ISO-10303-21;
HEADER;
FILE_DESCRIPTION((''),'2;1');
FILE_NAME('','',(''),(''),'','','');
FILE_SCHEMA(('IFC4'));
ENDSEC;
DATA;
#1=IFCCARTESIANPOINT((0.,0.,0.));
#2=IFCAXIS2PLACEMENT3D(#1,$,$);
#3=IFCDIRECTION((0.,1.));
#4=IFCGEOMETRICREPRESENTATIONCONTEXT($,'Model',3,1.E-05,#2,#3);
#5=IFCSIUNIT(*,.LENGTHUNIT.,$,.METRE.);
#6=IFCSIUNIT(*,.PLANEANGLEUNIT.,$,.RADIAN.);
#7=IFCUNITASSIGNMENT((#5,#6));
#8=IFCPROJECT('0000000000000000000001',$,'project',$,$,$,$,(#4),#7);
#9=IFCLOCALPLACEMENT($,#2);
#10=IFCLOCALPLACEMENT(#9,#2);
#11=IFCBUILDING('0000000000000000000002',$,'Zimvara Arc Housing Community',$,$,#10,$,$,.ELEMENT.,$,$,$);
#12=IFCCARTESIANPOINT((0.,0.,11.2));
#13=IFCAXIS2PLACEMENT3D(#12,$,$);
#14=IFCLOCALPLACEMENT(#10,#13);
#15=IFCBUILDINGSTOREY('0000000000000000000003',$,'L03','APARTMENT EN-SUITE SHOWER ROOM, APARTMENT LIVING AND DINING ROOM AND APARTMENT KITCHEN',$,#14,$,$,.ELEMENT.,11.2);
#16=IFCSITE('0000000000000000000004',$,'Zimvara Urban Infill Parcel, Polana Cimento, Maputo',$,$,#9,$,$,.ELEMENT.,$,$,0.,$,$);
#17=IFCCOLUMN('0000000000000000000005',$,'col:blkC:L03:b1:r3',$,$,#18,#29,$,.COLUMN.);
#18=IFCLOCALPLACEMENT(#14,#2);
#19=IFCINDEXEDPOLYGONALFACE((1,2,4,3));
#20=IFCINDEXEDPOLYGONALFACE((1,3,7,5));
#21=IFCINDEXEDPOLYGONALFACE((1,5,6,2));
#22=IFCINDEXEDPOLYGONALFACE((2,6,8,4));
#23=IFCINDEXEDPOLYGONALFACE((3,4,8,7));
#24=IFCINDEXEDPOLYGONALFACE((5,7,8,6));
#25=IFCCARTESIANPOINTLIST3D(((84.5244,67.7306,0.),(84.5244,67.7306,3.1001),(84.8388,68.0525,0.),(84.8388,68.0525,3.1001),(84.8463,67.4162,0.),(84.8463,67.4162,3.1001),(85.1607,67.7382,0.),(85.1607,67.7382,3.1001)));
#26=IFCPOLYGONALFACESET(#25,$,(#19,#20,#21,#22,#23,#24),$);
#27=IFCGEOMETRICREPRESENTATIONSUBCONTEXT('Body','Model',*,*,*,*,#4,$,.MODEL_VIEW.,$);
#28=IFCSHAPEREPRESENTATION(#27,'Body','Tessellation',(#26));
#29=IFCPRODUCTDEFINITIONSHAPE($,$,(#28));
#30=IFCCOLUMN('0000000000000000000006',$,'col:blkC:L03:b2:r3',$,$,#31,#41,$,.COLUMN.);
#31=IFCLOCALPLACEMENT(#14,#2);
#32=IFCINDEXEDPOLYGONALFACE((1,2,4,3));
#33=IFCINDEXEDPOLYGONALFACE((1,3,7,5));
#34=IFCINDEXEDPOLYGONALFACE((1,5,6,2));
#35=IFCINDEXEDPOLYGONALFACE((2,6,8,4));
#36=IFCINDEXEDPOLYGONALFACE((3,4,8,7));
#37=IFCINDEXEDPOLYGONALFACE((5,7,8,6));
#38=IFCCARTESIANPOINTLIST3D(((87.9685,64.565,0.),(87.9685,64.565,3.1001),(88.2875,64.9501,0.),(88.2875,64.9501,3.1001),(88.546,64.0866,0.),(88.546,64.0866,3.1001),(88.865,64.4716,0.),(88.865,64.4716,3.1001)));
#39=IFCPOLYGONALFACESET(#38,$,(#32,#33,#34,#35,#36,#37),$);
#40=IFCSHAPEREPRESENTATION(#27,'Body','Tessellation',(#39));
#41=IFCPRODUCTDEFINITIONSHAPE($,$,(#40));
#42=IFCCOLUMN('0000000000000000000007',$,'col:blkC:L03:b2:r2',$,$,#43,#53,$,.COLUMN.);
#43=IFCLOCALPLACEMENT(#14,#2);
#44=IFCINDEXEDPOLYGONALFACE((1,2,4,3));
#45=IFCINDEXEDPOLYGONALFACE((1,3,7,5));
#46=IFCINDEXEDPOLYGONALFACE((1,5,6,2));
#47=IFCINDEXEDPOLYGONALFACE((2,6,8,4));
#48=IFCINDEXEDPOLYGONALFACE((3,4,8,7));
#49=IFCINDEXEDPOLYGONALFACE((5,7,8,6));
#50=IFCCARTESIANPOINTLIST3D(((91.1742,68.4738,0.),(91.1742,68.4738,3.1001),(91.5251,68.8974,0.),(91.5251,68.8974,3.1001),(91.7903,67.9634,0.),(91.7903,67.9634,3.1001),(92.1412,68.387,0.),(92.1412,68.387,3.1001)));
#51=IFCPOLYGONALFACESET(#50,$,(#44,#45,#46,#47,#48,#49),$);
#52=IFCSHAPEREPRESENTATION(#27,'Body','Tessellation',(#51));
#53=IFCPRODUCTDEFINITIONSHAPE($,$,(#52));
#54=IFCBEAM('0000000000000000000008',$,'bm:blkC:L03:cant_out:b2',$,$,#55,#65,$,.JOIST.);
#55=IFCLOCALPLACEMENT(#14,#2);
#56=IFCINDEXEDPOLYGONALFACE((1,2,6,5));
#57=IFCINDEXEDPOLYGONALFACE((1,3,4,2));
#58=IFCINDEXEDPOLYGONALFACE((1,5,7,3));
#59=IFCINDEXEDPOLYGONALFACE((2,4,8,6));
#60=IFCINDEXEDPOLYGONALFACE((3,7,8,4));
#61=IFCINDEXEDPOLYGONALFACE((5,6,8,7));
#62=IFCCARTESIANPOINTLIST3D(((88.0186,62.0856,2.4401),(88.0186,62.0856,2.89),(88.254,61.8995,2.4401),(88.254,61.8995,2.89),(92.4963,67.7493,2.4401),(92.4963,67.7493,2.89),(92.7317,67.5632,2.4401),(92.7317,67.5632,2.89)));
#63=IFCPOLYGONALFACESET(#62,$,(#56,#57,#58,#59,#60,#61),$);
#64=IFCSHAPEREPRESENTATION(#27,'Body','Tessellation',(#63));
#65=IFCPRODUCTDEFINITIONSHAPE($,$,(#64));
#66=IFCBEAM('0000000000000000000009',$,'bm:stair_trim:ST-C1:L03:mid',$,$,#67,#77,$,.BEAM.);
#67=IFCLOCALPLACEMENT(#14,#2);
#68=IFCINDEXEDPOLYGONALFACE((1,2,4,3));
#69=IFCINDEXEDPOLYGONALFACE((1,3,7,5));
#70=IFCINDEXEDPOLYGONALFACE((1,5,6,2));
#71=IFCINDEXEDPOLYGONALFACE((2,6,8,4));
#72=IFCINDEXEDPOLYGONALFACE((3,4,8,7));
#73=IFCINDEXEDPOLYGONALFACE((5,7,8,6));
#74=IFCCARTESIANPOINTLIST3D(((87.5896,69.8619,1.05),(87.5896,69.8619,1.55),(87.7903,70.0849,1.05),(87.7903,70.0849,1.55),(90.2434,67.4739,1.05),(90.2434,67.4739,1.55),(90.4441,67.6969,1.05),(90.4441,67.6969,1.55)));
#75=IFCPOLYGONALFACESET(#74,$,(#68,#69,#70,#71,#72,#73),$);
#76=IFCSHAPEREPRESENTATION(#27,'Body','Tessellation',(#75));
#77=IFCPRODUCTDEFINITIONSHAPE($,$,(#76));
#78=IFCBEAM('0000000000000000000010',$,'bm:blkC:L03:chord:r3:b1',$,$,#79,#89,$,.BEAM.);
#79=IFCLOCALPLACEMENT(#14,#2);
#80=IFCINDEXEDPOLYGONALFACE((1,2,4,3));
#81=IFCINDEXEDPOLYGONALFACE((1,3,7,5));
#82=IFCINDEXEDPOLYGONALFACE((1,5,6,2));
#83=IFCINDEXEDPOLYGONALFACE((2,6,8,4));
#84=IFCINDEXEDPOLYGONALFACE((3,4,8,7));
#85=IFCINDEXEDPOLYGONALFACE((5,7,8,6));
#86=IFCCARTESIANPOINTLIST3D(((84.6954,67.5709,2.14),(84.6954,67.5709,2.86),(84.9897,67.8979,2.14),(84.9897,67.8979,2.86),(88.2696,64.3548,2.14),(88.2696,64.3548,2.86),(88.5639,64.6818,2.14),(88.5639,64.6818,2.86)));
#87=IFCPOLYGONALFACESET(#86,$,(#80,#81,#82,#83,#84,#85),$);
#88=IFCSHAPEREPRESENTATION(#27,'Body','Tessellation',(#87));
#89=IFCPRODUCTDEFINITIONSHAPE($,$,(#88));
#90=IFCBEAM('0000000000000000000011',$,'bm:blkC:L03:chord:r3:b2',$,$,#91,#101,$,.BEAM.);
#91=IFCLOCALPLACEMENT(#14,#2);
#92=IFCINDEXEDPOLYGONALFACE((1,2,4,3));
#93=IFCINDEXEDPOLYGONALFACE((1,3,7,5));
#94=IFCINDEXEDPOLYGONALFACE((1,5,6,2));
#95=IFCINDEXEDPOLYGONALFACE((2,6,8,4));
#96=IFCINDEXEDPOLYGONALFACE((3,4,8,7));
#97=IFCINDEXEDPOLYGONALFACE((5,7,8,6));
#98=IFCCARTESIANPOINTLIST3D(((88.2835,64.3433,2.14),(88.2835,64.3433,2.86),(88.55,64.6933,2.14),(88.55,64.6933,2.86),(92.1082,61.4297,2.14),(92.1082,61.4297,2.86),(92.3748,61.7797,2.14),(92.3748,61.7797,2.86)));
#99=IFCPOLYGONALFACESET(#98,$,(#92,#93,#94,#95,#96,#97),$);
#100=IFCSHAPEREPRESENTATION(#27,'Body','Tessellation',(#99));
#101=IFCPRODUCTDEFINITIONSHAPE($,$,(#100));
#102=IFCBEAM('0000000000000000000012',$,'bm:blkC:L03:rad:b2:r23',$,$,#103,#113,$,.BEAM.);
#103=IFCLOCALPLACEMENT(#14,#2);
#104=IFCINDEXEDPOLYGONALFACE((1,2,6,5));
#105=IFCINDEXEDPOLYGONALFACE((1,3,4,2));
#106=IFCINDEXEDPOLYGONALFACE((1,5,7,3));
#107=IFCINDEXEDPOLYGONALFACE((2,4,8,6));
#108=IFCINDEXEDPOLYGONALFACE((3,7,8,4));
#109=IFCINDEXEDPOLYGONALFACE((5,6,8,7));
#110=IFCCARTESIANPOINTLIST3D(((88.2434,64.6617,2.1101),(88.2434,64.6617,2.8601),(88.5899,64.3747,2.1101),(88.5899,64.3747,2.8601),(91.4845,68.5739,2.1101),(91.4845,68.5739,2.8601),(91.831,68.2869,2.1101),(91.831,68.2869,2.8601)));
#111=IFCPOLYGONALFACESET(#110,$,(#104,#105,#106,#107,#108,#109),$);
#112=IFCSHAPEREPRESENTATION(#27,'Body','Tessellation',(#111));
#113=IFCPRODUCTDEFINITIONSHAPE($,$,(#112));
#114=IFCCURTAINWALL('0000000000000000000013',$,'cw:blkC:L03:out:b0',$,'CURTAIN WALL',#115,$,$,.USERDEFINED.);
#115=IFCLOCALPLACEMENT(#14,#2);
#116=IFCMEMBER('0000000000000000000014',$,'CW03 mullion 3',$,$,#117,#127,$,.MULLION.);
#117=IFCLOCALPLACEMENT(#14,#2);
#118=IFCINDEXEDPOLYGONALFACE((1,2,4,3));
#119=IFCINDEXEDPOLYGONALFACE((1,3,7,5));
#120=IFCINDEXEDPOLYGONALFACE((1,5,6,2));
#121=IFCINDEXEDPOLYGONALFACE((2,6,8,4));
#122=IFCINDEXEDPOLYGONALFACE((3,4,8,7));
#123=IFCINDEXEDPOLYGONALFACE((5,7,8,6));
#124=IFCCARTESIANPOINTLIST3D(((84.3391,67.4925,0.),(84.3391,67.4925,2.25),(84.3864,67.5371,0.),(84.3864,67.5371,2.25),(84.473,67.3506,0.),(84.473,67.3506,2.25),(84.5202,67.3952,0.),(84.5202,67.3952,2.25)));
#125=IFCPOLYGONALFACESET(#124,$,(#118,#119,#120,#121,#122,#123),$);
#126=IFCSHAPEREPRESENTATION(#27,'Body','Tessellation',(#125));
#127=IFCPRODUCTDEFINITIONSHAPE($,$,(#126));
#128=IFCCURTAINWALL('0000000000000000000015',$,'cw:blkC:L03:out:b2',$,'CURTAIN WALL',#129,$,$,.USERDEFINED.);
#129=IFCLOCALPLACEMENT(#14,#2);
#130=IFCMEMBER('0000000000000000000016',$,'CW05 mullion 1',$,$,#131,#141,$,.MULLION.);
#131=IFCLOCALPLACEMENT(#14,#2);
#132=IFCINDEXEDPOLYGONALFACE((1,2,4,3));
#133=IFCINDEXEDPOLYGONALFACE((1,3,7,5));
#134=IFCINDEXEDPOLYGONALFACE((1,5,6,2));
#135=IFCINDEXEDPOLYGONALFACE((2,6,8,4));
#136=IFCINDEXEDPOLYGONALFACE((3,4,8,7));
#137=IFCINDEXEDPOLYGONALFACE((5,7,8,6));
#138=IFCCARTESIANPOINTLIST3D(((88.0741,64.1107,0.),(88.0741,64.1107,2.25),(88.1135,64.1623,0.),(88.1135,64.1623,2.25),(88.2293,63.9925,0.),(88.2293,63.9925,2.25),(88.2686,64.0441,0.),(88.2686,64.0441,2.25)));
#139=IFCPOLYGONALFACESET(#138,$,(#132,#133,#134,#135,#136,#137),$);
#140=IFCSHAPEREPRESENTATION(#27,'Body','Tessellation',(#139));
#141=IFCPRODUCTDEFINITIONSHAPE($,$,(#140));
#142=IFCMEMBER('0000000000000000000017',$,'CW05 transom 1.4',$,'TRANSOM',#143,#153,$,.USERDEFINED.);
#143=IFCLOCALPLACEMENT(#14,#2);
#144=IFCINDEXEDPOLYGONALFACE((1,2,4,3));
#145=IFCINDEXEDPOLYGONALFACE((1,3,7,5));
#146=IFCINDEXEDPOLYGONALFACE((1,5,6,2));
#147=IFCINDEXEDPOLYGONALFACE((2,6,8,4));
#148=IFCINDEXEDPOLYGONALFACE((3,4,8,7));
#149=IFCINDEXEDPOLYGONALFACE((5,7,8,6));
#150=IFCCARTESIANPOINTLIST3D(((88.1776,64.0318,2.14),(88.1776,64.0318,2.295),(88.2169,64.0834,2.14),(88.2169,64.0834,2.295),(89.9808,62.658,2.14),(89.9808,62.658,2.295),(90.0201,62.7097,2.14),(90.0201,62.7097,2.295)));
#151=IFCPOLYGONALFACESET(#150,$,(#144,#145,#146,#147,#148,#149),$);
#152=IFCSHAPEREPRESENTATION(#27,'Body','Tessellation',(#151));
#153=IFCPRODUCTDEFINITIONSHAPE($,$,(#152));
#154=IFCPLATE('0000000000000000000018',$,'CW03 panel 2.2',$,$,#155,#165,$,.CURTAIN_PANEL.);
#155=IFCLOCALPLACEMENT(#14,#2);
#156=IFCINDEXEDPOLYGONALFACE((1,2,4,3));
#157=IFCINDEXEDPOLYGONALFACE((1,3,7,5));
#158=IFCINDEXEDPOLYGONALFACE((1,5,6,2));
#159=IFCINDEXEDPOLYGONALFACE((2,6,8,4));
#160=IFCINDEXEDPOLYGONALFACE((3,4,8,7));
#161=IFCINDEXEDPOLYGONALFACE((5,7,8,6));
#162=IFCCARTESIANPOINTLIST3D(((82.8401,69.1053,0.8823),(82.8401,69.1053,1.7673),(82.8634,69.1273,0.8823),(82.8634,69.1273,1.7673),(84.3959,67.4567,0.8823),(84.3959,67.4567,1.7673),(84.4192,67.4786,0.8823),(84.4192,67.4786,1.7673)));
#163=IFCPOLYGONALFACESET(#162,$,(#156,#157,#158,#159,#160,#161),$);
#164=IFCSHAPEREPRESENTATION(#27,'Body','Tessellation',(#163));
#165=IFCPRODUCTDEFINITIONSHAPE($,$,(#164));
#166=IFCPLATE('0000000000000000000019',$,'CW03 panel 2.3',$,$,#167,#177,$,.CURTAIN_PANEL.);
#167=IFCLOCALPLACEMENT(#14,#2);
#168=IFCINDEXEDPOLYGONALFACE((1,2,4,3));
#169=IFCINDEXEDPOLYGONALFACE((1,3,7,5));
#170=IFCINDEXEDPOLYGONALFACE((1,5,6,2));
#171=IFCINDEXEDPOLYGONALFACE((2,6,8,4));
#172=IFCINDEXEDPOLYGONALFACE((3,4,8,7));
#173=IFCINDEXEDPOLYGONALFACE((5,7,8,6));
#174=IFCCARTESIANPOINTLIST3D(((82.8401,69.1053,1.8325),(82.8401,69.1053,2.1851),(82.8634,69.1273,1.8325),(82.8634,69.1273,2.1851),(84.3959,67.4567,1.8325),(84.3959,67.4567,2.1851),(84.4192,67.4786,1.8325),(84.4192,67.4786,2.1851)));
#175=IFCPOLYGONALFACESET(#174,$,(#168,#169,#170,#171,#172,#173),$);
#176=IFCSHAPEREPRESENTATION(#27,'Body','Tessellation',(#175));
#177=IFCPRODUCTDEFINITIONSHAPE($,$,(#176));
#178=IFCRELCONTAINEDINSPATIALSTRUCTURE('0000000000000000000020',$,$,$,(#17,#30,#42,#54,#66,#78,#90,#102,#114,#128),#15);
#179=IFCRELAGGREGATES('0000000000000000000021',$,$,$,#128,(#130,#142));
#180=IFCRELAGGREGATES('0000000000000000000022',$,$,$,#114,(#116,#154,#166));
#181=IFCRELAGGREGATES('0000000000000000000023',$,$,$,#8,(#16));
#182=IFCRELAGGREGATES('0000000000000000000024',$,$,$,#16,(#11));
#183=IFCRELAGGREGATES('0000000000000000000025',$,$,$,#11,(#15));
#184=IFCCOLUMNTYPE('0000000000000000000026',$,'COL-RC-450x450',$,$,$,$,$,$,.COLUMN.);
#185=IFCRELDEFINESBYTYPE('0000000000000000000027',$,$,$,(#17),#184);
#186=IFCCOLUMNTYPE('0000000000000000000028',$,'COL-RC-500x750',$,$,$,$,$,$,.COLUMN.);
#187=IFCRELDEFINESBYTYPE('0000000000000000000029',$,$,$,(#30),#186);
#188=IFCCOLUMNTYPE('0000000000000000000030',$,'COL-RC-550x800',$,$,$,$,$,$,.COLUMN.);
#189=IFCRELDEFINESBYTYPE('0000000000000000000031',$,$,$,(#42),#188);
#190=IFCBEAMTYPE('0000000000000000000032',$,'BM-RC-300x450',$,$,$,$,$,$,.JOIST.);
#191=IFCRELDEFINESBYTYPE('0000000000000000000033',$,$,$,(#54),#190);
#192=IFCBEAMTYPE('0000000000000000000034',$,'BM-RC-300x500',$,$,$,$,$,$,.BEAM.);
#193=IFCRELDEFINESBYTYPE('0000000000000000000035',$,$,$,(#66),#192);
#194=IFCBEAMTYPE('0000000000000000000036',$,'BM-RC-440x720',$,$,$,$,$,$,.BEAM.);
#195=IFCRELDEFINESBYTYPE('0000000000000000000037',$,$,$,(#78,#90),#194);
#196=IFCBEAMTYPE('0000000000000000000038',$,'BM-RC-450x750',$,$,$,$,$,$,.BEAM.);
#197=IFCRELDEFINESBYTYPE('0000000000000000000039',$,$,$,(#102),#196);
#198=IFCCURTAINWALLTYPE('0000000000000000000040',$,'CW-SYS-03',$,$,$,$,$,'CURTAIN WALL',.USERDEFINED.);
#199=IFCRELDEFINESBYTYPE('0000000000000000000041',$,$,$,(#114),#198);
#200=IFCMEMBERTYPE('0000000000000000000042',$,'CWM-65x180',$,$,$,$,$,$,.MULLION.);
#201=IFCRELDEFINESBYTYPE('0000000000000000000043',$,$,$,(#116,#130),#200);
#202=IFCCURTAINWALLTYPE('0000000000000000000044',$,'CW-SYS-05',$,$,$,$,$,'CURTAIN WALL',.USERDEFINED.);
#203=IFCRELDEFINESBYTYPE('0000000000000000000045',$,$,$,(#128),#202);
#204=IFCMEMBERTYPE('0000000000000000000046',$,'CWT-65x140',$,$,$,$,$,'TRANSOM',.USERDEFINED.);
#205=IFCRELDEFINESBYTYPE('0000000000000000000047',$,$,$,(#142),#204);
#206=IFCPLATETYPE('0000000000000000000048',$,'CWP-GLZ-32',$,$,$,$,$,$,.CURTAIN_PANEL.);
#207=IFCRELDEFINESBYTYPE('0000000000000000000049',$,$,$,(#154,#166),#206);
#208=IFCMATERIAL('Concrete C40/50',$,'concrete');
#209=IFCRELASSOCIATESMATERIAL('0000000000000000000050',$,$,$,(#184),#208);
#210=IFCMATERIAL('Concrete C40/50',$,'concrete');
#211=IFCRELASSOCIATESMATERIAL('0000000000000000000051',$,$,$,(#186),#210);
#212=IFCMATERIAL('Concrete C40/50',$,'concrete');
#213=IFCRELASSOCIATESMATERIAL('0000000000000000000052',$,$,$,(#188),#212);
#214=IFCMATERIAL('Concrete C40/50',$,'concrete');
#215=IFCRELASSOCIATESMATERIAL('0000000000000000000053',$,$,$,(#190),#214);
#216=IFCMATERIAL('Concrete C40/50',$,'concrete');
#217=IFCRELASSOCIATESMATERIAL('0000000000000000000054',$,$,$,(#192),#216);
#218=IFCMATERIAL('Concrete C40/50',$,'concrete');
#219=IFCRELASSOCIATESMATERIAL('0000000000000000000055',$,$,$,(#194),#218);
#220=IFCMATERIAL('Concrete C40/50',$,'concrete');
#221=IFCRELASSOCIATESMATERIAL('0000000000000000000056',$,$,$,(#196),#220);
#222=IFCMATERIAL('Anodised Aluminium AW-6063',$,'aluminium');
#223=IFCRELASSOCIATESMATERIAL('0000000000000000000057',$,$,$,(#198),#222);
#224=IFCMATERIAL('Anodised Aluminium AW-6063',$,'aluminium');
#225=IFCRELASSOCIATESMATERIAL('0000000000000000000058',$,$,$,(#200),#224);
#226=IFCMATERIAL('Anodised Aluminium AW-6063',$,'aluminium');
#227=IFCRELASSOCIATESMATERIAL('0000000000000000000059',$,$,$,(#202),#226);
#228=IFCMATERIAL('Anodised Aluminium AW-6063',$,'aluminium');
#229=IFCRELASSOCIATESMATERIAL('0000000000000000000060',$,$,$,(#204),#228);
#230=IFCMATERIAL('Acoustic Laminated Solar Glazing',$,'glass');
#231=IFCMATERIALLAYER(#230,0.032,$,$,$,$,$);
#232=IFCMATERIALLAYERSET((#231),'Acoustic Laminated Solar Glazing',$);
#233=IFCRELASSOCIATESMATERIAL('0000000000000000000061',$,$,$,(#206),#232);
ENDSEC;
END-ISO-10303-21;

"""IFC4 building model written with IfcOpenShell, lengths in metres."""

from ifc_helpers import new_model, si_unit, direction, frame, origin, origin_2d, place, context, subcontext, project, spatial, rectangle, extrude, material, layer, layer_set, material_profile, profile_set, type_object, element, aggregate, save


model = new_model("IFC4")

# Units and contexts
model_context = context("Model", 3, precision=1e-05, world=origin(), true_north=direction((0.0, 1.0)))
body_context = subcontext(model_context, "Body", "Model", "MODEL_VIEW")
ifc_project = project(units=[si_unit("LENGTHUNIT", "METRE"), si_unit("PLANEANGLEUNIT", "RADIAN")], contexts=[model_context])

# Site, building, storey
site_placement = place(None, origin())
site = spatial("IfcSite", under=ifc_project, at=site_placement, Name="Zimvara Urban Infill Parcel, Polana Cimento, Maputo", CompositionType="ELEMENT", RefElevation=0.0)
building_placement = place(site_placement, origin())
building = spatial("IfcBuilding", under=site, at=building_placement, Name="Zimvara Arc Housing Community", CompositionType="ELEMENT")
storey_placement = place(building_placement, frame((0.0, 0.0, 11.2)))
storey = spatial("IfcBuildingStorey", under=building, at=storey_placement, Name="L03", Description="APARTMENT EN-SUITE SHOWER ROOM, APARTMENT LIVING AND DINING ROOM AND APARTMENT KITCHEN", CompositionType="ELEMENT", Elevation=11.2)

# Columns
ifc_material_1 = material(Name="Concrete C40/50", Category="concrete")
ifc_material_profile_1 = material_profile(ifc_material_1, rectangle(XDim=0.45, YDim=0.45, at=origin_2d()), Name="RC 450x450")
ifc_profile_set_1 = profile_set([ifc_material_profile_1], Name="Concrete C40/50")
column_type_1 = type_object("IfcColumnType", Name="COL-RC-450x450", PredefinedType="COLUMN", material=ifc_profile_set_1)
column_1_placement = place(storey_placement, frame((84.8425, 67.7344, 0.0), z_axis=(0.0, 0.0, 1.0), x_axis=(-0.698665, -0.715449, 0.0)))
element("IfcColumn", 1, at=column_1_placement, inside=storey, type_object=column_type_1, Name="col:blkC:L03:b1:r3", PredefinedType="COLUMN", context=body_context, shape_type="SweptSolid", body=[
    extrude(rectangle(XDim=0.45, YDim=0.45, at=origin_2d()), origin(), (0.0, 0.0, 1.0), 3.1001),
])
ifc_material_2 = material(Name="Concrete C40/50", Category="concrete")
ifc_material_profile_2 = material_profile(ifc_material_2, rectangle(XDim=0.5, YDim=0.75, at=origin_2d()), Name="RC 500x750")
ifc_profile_set_2 = profile_set([ifc_material_profile_2], Name="Concrete C40/50")
column_type_2 = type_object("IfcColumnType", Name="COL-RC-500x750", PredefinedType="COLUMN", material=ifc_profile_set_2)
column_2_placement = place(storey_placement, frame((88.4167, 64.5183, 0.0), z_axis=(0.0, 0.0, 1.0), x_axis=(-0.637962, -0.770068, 0.0)))
element("IfcColumn", 2, at=column_2_placement, inside=storey, type_object=column_type_2, Name="col:blkC:L03:b2:r3", PredefinedType="COLUMN", context=body_context, shape_type="SweptSolid", body=[
    extrude(rectangle(XDim=0.5, YDim=0.75, at=origin_2d()), origin(), (0.0, 0.0, 1.0), 3.1001),
])
ifc_material_3 = material(Name="Concrete C40/50", Category="concrete")
ifc_material_profile_3 = material_profile(ifc_material_3, rectangle(XDim=0.55, YDim=0.8, at=origin_2d()), Name="RC 550x800")
ifc_profile_set_3 = profile_set([ifc_material_profile_3], Name="Concrete C40/50")
column_type_3 = type_object("IfcColumnType", Name="COL-RC-550x800", PredefinedType="COLUMN", material=ifc_profile_set_3)
column_3_placement = place(storey_placement, frame((91.6577, 68.4304, 0.0), z_axis=(0.0, 0.0, 1.0), x_axis=(-0.637962, -0.770068, 0.0)))
element("IfcColumn", 3, at=column_3_placement, inside=storey, type_object=column_type_3, Name="col:blkC:L03:b2:r2", PredefinedType="COLUMN", context=body_context, shape_type="SweptSolid", body=[
    extrude(rectangle(XDim=0.55, YDim=0.8, at=origin_2d()), origin(), (0.0, 0.0, 1.0), 3.1001),
])

# Beams
ifc_material_4 = material(Name="Concrete C40/50", Category="concrete")
ifc_material_profile_4 = material_profile(ifc_material_4, rectangle(XDim=0.3, YDim=0.45, at=origin_2d()), Name="RC 300x450")
ifc_profile_set_4 = profile_set([ifc_material_profile_4], Name="Concrete C40/50")
beam_type_1 = type_object("IfcBeamType", Name="BM-RC-300x450", PredefinedType="JOIST", material=ifc_profile_set_4)
beam_1_placement = place(storey_placement, frame((92.614, 67.6562, 2.665), z_axis=(-0.620186, -0.784455, 0.0), x_axis=(0.784455, -0.620186, 0.0)))
element("IfcBeam", 4, at=beam_1_placement, inside=storey, type_object=beam_type_1, Name="bm:blkC:L03:cant_out:b2", PredefinedType="JOIST", context=body_context, shape_type="SweptSolid", body=[
    extrude(rectangle(XDim=0.3, YDim=0.45, at=origin_2d()), origin(), (0.0, 0.0, 1.0), 7.22),
])
ifc_material_5 = material(Name="Concrete C40/50", Category="concrete")
ifc_material_profile_5 = material_profile(ifc_material_5, rectangle(XDim=0.3, YDim=0.5, at=origin_2d()), Name="RC 300x500")
ifc_profile_set_5 = profile_set([ifc_material_profile_5], Name="Concrete C40/50")
beam_type_2 = type_object("IfcBeamType", Name="BM-RC-300x500", PredefinedType="BEAM", material=ifc_profile_set_5)
beam_2_placement = place(storey_placement, frame((87.6899, 69.9734, 1.3), z_axis=(0.743362, -0.668889, 0.0), x_axis=(0.668889, 0.743362, 0.0)))
element("IfcBeam", 5, at=beam_2_placement, inside=storey, type_object=beam_type_2, Name="bm:stair_trim:ST-C1:L03:mid", PredefinedType="BEAM", context=body_context, shape_type="SweptSolid", body=[
    extrude(rectangle(XDim=0.3, YDim=0.5, at=origin_2d()), origin(), (0.0, 0.0, 1.0), 3.5701),
])
ifc_material_6 = material(Name="Concrete C40/50", Category="concrete")
ifc_material_profile_6 = material_profile(ifc_material_6, rectangle(XDim=0.4399, YDim=0.72, at=origin_2d()), Name="RC 440x720")
ifc_profile_set_6 = profile_set([ifc_material_profile_6], Name="Concrete C40/50")
beam_type_3 = type_object("IfcBeamType", Name="BM-RC-440x720", PredefinedType="BEAM", material=ifc_profile_set_6)
for number, where, z_axis, x_axis, name in (
    (6, (84.8425, 67.7344, 2.5), (0.74337, -0.668881, 0.0), (0.668881, 0.74337, 0.0), "bm:blkC:L03:chord:r3:b1"),
    (7, (88.4167, 64.5183, 2.5), (0.795481, -0.605979, 0.0), (0.605979, 0.795481, 0.0), "bm:blkC:L03:chord:r3:b2"),
):
    element("IfcBeam", number, at=place(storey_placement, frame(where, z_axis=z_axis, x_axis=x_axis)), inside=storey, type_object=beam_type_3, Name=name, PredefinedType="BEAM", context=body_context, shape_type="SweptSolid", body=[
        extrude(rectangle(XDim=0.4399, YDim=0.72, at=origin_2d()), origin(), (0.0, 0.0, 1.0), 4.8081),
    ])
ifc_material_7 = material(Name="Concrete C40/50", Category="concrete")
ifc_material_profile_7 = material_profile(ifc_material_7, rectangle(XDim=0.45, YDim=0.75, at=origin_2d()), Name="RC 450x750")
ifc_profile_set_7 = profile_set([ifc_material_profile_7], Name="Concrete C40/50")
beam_type_4 = type_object("IfcBeamType", Name="BM-RC-450x750", PredefinedType="BEAM", material=ifc_profile_set_7)
beam_3_placement = place(storey_placement, frame((91.6577, 68.4304, 2.4851), z_axis=(-0.63796, -0.770069, 0.0), x_axis=(0.770069, -0.63796, 0.0)))
element("IfcBeam", 8, at=beam_3_placement, inside=storey, type_object=beam_type_4, Name="bm:blkC:L03:rad:b2:r23", PredefinedType="BEAM", context=body_context, shape_type="SweptSolid", body=[
    extrude(rectangle(XDim=0.45, YDim=0.75, at=origin_2d()), origin(), (0.0, 0.0, 1.0), 5.0803),
])

# Curtain wall, member
ifc_material_8 = material(Name="Anodised Aluminium AW-6063", Category="aluminium")
curtain_wall_type_1 = type_object("IfcCurtainWallType", Name="CW-SYS-03", ElementType="CURTAIN WALL", PredefinedType="USERDEFINED", material=ifc_material_8)
curtain_wall_1_placement = place(storey_placement, origin())
curtain_wall_1 = element("IfcCurtainWall", 9, at=curtain_wall_1_placement, inside=storey, type_object=curtain_wall_type_1, Name="cw:blkC:L03:out:b0", ObjectType="CURTAIN WALL", PredefinedType="USERDEFINED")
ifc_material_9 = material(Name="Anodised Aluminium AW-6063", Category="aluminium")
ifc_material_profile_8 = material_profile(ifc_material_9, rectangle(XDim=0.0649, YDim=0.1951, at=origin_2d()), Name="ALU 65x195")
ifc_profile_set_8 = profile_set([ifc_material_profile_8], Name="Anodised Aluminium AW-6063")
member_type_1 = type_object("IfcMemberType", Name="CWM-65x180", PredefinedType="MULLION", material=ifc_profile_set_8)
member_1_placement = place(storey_placement, frame((84.4297, 67.4438, 0.0), z_axis=(0.0, 0.0, 1.0), x_axis=(0.727294, 0.686326, 0.0)))
member_1 = element("IfcMember", 10, at=member_1_placement, type_object=member_type_1, Name="CW03 mullion 3", PredefinedType="MULLION", context=body_context, shape_type="SweptSolid", body=[
    extrude(rectangle(XDim=0.0649, YDim=0.1951, at=origin_2d()), origin(), (0.0, 0.0, 1.0), 2.25),
])

# Curtain wall, members
ifc_material_10 = material(Name="Anodised Aluminium AW-6063", Category="aluminium")
curtain_wall_type_2 = type_object("IfcCurtainWallType", Name="CW-SYS-05", ElementType="CURTAIN WALL", PredefinedType="USERDEFINED", material=ifc_material_10)
curtain_wall_2_placement = place(storey_placement, origin())
curtain_wall_2 = element("IfcCurtainWall", 11, at=curtain_wall_2_placement, inside=storey, type_object=curtain_wall_type_2, Name="cw:blkC:L03:out:b2", ObjectType="CURTAIN WALL", PredefinedType="USERDEFINED")
member_2_placement = place(storey_placement, frame((88.1714, 64.0774, 0.0), z_axis=(0.0, 0.0, 1.0), x_axis=(0.605988, 0.795474, 0.0)))
member_2 = element("IfcMember", 12, at=member_2_placement, type_object=member_type_1, Name="CW05 mullion 1", PredefinedType="MULLION", context=body_context, shape_type="SweptSolid", body=[
    extrude(rectangle(XDim=0.0649, YDim=0.1951, at=origin_2d()), origin(), (0.0, 0.0, 1.0), 2.25),
])
ifc_material_11 = material(Name="Anodised Aluminium AW-6063", Category="aluminium")
ifc_material_profile_9 = material_profile(ifc_material_11, rectangle(XDim=0.0649, YDim=0.155, at=origin_2d()), Name="ALU 65x155")
ifc_profile_set_9 = profile_set([ifc_material_profile_9], Name="Anodised Aluminium AW-6063")
member_type_2 = type_object("IfcMemberType", Name="CWT-65x140", ElementType="TRANSOM", PredefinedType="USERDEFINED", material=ifc_profile_set_9)
member_3_placement = place(storey_placement, frame((88.1973, 64.0576, 2.2175), z_axis=(0.795454, -0.606014, 0.0), x_axis=(0.606014, 0.795454, 0.0)))
member_3 = element("IfcMember", 13, at=member_3_placement, type_object=member_type_2, Name="CW05 transom 1.4", ObjectType="TRANSOM", PredefinedType="USERDEFINED", context=body_context, shape_type="SweptSolid", body=[
    extrude(rectangle(XDim=0.0649, YDim=0.155, at=origin_2d()), origin(), (0.0, 0.0, 1.0), 2.2668),
])
aggregate(curtain_wall_2, [member_2, member_3])

# Plates
ifc_material_12 = material(Name="Acoustic Laminated Solar Glazing", Category="glass")
ifc_layer_1 = layer(ifc_material_12, 0.032)
ifc_layer_set_1 = layer_set([ifc_layer_1], Name="Acoustic Laminated Solar Glazing")
plate_type = type_object("IfcPlateType", Name="CWP-GLZ-32", PredefinedType="CURTAIN_PANEL", material=ifc_layer_set_1)
plate_1_placement = place(storey_placement, frame((83.6296, 68.292, 0.8823), z_axis=(0.0, 0.0, 1.0), x_axis=(0.686326, -0.727294, 0.0)))
plate_1 = element("IfcPlate", 14, at=plate_1_placement, type_object=plate_type, Name="CW03 panel 2.2", PredefinedType="CURTAIN_PANEL", context=body_context, shape_type="SweptSolid", body=[
    extrude(rectangle(XDim=2.2668, YDim=0.032, at=origin_2d()), origin(), (0.0, 0.0, 1.0), 0.885),
])
plate_2_placement = place(storey_placement, frame((83.6296, 68.292, 1.8325), z_axis=(0.0, 0.0, 1.0), x_axis=(0.686326, -0.727294, 0.0)))
plate_2 = element("IfcPlate", 15, at=plate_2_placement, type_object=plate_type, Name="CW03 panel 2.3", PredefinedType="CURTAIN_PANEL", context=body_context, shape_type="SweptSolid", body=[
    extrude(rectangle(XDim=2.2668, YDim=0.032, at=origin_2d()), origin(), (0.0, 0.0, 1.0), 0.3525),
])
aggregate(curtain_wall_1, [member_1, plate_1, plate_2])

save(model, "model.ifc")
